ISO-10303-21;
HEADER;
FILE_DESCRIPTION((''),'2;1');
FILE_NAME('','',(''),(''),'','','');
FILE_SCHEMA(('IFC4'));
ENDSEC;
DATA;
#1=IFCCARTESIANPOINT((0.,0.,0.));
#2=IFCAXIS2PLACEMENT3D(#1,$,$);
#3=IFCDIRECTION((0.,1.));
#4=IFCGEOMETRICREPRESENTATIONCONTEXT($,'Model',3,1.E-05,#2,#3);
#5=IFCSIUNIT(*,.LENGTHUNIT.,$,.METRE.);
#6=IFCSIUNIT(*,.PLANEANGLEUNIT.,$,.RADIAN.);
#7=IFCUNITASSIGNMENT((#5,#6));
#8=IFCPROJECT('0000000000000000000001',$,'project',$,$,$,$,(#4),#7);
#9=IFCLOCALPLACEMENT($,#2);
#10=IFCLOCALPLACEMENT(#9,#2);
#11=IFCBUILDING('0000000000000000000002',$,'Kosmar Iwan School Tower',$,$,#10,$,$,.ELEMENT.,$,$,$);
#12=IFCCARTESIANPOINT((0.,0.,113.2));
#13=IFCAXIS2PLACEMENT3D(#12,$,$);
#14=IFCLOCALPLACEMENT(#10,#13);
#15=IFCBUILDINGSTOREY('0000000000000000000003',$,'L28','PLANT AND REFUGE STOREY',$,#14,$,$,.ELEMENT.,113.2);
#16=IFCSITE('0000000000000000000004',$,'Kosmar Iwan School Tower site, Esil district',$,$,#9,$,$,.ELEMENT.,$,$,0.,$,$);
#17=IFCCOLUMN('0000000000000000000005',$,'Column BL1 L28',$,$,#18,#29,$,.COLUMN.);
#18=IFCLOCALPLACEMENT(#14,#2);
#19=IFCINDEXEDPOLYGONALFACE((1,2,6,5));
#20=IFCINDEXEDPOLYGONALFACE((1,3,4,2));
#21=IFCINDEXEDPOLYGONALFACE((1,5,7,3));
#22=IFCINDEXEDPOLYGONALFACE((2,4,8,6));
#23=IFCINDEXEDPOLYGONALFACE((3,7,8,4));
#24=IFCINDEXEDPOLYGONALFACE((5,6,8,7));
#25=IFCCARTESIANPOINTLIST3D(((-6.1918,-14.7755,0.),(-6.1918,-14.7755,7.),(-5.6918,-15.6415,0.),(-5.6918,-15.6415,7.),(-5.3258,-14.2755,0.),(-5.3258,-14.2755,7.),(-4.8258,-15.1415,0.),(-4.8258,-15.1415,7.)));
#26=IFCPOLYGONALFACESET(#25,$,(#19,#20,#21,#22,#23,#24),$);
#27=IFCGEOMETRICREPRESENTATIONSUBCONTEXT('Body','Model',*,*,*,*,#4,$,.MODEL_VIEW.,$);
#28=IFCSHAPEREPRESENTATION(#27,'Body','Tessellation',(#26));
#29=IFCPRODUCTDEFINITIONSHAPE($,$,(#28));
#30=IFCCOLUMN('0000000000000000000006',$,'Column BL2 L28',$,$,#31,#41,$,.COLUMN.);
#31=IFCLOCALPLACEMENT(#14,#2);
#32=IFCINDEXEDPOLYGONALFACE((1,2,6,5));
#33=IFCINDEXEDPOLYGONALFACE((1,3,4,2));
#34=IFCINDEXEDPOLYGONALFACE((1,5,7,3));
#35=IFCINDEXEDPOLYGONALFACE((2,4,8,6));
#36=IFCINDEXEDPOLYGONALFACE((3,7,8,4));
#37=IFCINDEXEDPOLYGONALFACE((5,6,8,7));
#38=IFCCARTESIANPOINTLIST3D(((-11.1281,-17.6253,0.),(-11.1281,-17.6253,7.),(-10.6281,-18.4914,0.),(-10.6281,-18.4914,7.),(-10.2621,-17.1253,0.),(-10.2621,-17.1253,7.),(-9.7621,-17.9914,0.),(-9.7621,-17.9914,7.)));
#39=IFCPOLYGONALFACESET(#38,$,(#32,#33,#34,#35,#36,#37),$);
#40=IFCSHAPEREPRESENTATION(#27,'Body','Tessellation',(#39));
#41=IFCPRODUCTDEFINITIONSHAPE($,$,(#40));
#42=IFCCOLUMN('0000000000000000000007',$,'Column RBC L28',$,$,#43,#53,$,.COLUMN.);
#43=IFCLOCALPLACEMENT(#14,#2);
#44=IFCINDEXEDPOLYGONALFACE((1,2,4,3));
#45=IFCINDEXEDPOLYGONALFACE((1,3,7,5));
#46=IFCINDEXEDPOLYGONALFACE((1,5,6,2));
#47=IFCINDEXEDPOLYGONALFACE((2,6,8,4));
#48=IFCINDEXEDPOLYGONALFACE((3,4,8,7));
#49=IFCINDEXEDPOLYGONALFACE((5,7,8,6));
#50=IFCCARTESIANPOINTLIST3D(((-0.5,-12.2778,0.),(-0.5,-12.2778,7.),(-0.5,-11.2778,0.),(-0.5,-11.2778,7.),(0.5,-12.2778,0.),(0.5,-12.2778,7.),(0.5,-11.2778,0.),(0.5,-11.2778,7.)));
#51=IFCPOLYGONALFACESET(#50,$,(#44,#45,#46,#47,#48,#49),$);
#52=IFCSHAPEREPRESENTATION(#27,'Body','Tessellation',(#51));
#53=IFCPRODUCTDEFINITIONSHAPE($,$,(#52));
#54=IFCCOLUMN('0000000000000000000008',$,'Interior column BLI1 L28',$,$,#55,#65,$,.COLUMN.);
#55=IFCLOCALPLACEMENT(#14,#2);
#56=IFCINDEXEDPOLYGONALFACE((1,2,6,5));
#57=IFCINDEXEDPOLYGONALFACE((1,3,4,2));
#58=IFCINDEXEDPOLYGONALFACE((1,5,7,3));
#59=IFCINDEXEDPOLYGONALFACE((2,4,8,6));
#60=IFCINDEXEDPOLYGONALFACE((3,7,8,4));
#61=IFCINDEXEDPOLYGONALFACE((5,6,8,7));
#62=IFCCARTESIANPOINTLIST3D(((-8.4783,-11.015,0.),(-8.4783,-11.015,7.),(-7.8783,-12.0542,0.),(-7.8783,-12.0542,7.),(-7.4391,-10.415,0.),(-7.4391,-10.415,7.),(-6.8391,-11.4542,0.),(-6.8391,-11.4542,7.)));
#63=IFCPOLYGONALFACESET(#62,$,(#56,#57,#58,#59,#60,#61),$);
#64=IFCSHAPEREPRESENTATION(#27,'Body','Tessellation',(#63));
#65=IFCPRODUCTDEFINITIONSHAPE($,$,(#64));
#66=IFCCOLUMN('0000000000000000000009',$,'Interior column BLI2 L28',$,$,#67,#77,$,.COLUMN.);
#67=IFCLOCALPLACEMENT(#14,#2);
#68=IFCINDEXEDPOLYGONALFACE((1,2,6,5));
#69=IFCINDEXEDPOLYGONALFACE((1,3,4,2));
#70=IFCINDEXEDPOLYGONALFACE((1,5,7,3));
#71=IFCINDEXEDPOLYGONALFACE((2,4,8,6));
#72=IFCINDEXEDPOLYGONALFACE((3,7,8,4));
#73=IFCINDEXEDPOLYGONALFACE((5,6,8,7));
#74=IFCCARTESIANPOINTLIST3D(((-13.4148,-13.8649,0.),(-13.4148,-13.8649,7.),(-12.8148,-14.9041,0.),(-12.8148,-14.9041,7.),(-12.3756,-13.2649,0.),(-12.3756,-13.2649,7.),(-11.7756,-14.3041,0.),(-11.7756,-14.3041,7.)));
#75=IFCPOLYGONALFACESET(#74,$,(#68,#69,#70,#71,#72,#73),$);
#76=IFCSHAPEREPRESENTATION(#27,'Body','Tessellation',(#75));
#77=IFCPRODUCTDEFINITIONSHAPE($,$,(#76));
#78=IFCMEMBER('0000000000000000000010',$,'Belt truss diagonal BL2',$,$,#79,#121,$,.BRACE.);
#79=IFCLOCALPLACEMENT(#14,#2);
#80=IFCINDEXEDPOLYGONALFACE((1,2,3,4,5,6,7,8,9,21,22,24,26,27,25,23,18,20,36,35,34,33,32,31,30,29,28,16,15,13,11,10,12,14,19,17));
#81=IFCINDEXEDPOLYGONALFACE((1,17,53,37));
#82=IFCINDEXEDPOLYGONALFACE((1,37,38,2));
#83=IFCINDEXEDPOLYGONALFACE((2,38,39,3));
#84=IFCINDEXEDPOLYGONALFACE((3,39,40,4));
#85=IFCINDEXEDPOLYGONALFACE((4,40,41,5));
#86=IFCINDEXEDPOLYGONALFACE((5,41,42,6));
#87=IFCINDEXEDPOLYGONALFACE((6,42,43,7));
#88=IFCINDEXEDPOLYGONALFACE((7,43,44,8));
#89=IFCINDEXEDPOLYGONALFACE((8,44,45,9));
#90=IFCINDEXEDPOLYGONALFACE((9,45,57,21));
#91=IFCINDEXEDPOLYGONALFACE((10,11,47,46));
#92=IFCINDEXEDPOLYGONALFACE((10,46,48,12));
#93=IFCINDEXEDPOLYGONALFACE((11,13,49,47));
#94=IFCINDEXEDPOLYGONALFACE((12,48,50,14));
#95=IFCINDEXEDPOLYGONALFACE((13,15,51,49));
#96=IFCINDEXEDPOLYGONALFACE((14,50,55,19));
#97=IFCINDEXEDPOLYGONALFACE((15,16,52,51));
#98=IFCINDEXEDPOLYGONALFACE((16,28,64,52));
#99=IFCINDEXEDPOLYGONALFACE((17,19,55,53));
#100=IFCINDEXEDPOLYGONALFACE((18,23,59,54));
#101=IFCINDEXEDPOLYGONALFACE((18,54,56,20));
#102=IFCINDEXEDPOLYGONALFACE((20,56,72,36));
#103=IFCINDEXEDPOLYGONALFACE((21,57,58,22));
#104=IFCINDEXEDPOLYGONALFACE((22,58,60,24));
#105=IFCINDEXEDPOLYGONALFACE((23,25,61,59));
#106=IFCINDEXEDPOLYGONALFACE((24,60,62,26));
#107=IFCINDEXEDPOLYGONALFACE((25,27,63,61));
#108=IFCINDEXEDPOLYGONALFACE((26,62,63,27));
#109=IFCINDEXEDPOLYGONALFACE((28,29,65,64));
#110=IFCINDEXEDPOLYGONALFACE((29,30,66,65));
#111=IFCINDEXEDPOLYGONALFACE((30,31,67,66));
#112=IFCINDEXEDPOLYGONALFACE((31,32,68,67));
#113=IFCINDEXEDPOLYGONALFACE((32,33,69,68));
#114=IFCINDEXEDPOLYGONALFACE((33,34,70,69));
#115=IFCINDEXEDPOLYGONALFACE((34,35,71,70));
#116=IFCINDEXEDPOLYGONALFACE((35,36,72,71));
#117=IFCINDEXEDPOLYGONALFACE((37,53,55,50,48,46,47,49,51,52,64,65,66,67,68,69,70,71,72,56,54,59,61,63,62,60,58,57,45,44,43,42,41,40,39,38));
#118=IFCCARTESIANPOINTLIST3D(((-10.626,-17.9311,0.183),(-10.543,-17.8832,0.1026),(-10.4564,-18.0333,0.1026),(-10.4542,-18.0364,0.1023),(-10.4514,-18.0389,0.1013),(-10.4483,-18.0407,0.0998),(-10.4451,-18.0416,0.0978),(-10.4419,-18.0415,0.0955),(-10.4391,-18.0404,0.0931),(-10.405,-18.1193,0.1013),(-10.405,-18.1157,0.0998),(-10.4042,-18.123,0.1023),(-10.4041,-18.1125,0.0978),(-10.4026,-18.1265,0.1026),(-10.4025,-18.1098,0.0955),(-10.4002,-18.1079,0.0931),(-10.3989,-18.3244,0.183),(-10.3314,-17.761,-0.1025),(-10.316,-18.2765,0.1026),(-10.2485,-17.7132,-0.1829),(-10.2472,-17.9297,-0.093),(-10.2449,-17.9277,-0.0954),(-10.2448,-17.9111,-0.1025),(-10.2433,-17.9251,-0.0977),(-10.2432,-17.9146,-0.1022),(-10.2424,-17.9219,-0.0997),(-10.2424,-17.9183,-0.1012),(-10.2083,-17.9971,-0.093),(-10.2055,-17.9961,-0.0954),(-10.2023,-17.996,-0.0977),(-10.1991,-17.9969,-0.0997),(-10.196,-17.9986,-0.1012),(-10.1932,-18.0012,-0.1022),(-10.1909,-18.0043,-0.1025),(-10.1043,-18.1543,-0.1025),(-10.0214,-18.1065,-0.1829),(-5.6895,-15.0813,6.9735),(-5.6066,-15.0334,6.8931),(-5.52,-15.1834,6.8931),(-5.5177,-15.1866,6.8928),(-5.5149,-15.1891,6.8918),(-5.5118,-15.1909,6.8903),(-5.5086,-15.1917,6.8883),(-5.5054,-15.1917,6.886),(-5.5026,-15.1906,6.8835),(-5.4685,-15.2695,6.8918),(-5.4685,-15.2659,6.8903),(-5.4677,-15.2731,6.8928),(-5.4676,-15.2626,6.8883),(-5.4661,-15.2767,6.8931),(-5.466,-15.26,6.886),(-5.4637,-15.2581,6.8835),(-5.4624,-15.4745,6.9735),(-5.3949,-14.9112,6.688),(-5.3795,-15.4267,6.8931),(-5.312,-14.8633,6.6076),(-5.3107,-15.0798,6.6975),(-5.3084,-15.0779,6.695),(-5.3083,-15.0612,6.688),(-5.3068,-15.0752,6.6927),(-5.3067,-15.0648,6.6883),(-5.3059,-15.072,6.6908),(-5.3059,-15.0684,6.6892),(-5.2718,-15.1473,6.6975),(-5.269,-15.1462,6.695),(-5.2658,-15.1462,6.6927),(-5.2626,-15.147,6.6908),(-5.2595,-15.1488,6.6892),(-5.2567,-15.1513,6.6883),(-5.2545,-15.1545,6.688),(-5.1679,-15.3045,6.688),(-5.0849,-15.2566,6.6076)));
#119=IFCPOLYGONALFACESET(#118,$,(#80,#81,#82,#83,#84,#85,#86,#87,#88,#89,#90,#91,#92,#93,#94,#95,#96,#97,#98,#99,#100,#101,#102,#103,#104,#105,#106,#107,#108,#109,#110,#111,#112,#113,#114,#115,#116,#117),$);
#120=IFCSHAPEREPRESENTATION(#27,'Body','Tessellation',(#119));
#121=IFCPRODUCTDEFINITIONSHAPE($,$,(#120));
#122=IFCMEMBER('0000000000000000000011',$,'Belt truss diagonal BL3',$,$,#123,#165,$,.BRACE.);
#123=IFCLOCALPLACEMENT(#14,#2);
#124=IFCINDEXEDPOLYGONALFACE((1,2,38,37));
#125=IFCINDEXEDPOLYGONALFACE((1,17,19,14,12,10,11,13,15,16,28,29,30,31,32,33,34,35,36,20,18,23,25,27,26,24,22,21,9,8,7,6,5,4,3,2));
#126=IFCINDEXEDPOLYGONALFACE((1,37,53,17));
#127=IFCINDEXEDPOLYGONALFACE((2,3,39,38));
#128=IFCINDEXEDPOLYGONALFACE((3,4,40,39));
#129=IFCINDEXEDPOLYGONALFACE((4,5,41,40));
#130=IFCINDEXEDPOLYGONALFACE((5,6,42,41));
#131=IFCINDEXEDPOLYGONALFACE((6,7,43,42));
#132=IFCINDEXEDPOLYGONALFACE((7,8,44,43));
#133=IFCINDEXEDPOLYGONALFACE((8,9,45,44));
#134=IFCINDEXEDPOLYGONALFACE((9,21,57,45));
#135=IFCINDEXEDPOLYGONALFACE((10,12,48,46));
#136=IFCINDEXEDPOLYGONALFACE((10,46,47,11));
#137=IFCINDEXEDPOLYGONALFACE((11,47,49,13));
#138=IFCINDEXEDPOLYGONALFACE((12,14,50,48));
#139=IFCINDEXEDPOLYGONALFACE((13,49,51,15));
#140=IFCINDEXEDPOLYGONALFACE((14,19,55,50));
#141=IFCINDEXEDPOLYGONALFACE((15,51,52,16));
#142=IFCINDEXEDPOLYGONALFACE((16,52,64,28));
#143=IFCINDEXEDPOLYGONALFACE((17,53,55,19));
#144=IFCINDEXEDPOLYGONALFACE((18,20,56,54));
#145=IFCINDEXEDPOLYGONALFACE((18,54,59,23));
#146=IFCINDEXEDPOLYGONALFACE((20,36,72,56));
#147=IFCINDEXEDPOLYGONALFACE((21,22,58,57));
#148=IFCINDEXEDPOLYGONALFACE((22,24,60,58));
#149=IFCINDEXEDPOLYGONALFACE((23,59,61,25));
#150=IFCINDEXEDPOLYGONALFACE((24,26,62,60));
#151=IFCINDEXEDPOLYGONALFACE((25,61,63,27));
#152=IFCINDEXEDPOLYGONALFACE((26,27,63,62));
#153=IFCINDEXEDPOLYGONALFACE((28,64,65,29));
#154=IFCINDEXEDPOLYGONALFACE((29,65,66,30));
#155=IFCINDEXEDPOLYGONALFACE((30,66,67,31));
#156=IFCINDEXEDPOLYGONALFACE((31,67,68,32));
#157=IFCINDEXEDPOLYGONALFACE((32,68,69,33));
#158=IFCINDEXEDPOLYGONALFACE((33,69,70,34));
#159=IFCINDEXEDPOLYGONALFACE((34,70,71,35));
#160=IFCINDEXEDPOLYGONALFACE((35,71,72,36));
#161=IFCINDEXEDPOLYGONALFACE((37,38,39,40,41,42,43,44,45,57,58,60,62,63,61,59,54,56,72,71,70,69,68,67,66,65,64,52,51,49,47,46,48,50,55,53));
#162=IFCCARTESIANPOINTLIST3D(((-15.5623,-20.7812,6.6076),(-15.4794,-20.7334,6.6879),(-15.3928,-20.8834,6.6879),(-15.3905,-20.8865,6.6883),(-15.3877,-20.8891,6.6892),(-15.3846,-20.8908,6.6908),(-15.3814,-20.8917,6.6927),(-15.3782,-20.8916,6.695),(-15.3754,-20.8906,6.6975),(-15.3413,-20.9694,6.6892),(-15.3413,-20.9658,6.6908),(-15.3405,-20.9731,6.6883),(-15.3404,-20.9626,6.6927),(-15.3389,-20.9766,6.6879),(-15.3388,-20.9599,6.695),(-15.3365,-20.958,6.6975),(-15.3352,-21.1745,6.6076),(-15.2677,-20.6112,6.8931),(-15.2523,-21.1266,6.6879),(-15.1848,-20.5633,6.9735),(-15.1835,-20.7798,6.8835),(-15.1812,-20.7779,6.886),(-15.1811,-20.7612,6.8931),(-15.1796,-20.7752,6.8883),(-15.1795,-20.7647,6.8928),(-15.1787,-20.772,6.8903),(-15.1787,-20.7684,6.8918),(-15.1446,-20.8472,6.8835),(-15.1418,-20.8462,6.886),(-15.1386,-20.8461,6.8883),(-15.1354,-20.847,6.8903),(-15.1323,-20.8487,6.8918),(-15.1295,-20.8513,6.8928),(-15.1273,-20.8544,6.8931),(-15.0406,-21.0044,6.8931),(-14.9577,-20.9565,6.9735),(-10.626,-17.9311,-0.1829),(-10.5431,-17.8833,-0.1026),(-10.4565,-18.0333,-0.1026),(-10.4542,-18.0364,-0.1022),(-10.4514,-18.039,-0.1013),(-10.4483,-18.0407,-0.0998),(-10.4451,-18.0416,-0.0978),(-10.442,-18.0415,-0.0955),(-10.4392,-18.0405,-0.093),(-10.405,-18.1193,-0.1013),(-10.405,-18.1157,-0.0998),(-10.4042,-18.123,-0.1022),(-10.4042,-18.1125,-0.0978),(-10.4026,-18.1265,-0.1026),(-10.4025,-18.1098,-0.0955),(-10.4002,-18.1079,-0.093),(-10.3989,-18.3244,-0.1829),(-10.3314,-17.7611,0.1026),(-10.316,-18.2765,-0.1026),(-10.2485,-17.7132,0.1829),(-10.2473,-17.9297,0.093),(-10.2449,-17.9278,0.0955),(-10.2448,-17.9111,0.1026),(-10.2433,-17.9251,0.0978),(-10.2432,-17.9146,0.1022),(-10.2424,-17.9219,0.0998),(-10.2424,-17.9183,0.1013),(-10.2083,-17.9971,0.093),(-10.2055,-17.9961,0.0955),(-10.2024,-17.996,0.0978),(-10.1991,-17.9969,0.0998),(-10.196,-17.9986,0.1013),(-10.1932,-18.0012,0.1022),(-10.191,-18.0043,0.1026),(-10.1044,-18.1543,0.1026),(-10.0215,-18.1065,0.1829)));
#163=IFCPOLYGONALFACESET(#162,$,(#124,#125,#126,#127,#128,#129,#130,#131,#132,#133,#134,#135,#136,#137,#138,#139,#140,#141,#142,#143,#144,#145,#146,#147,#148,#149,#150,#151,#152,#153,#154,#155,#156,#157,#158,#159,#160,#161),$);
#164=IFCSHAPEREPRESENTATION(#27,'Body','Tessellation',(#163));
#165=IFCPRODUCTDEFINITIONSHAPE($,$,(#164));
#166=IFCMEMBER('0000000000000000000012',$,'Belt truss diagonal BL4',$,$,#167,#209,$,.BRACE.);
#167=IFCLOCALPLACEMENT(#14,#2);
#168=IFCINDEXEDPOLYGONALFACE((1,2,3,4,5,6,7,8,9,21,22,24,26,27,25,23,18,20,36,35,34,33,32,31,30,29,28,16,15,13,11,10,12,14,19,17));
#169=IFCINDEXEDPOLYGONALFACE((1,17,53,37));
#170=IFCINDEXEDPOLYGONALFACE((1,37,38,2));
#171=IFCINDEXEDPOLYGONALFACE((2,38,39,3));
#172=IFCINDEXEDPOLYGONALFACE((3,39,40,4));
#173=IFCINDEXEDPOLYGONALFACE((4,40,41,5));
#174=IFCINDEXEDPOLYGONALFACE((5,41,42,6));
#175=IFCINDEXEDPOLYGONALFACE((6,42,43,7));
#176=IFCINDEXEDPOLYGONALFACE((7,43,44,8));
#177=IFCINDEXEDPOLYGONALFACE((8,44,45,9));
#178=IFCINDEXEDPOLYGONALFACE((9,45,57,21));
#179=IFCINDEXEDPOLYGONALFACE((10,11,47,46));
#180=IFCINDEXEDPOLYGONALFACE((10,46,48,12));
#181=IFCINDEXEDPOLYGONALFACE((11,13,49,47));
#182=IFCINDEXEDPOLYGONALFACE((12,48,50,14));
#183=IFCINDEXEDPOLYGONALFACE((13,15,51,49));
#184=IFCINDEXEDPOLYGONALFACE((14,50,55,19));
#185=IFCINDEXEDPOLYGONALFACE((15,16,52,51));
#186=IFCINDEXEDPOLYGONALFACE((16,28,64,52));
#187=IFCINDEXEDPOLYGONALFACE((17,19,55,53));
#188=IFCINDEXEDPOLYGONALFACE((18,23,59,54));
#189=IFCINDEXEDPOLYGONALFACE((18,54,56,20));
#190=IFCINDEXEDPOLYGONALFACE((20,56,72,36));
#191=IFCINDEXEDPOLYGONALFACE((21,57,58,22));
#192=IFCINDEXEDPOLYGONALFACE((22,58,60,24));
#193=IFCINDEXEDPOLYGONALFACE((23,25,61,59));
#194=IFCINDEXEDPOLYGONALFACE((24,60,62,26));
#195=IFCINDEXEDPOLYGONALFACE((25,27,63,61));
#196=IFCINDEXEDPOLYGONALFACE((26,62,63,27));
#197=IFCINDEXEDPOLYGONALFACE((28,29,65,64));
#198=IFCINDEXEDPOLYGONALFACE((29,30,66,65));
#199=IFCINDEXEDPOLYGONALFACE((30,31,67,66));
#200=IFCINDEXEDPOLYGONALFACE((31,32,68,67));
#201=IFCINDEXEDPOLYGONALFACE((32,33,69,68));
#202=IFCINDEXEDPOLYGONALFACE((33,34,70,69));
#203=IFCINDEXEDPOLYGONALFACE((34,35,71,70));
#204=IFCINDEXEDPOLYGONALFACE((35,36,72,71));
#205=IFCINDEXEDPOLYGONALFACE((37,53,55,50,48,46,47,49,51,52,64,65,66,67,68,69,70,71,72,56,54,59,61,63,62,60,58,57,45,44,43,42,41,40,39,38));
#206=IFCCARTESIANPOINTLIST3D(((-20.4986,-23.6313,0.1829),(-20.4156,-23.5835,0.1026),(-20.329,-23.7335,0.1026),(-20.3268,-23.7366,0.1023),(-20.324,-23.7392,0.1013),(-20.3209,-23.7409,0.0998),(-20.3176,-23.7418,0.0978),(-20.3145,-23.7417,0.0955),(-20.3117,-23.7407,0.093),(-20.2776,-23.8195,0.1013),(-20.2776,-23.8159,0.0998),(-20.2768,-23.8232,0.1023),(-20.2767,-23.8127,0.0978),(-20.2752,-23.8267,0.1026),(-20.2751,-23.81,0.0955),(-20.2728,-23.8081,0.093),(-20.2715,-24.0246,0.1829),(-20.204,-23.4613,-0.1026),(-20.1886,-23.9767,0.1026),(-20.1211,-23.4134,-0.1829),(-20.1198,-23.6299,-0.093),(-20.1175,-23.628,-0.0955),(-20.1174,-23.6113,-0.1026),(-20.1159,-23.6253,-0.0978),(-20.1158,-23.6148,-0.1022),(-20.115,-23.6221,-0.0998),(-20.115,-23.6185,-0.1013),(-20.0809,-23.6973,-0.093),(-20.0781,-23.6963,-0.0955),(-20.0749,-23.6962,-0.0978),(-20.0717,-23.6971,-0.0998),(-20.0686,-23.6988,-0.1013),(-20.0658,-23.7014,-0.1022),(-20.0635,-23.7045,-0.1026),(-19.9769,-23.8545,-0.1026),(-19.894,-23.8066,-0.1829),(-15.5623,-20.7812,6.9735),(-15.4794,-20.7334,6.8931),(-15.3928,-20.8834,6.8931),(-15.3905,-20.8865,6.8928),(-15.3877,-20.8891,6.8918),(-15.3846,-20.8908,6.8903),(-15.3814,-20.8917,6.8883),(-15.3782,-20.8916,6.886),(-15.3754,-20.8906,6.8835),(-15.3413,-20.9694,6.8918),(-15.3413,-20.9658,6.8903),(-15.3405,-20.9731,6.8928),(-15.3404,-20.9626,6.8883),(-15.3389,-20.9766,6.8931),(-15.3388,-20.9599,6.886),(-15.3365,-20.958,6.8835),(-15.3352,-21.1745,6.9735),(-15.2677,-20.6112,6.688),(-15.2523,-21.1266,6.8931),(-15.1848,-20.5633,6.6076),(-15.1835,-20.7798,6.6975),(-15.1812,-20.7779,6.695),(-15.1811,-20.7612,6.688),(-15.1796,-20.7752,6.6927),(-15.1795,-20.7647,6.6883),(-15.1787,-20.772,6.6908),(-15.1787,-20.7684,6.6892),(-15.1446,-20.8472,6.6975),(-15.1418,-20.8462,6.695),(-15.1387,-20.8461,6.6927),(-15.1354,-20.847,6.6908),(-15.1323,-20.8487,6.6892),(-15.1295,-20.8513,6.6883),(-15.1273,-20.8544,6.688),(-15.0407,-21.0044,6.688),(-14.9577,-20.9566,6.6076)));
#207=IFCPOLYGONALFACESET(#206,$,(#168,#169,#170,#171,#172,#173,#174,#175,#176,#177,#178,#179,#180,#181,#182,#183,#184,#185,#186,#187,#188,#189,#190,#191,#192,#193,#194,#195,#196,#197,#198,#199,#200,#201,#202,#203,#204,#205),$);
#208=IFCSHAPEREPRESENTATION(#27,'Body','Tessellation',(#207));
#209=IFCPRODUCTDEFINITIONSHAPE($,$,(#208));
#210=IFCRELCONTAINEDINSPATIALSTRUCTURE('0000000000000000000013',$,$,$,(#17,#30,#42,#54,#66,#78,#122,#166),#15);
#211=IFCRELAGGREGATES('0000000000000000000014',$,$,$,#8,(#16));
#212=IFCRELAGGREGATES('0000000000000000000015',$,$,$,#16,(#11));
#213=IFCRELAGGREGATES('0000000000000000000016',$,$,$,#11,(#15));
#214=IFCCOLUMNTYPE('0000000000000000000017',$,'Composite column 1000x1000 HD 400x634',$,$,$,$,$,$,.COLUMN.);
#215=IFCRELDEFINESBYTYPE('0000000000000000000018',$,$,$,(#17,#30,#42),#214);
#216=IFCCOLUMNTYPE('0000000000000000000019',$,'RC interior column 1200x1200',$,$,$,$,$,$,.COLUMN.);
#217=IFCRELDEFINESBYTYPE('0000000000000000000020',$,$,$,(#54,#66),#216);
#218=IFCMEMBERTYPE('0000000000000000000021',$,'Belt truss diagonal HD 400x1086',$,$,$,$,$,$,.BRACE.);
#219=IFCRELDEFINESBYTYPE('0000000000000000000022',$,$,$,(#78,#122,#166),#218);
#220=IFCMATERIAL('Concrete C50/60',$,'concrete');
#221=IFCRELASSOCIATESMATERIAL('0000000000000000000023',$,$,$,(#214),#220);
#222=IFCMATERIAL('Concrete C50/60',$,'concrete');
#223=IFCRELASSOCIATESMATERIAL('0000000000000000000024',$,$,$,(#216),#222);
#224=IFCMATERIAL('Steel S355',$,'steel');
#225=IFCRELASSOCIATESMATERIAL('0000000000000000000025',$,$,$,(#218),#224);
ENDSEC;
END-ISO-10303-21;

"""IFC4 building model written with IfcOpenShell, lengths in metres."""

from ifc_helpers import new_model, si_unit, direction, frame, origin, origin_2d, place, context, subcontext, project, spatial, rectangle, i_section, extrude, material, material_profile, profile_set, type_object, element, save


model = new_model("IFC4")

# Units and contexts
model_context = context("Model", 3, precision=1e-05, world=origin(), true_north=direction((0.0, 1.0)))
body_context = subcontext(model_context, "Body", "Model", "MODEL_VIEW")
ifc_project = project(units=[si_unit("LENGTHUNIT", "METRE"), si_unit("PLANEANGLEUNIT", "RADIAN")], contexts=[model_context])

# Site, building, storey
site_placement = place(None, origin())
site = spatial("IfcSite", under=ifc_project, at=site_placement, Name="Kosmar Iwan School Tower site, Esil district", CompositionType="ELEMENT", RefElevation=0.0)
building_placement = place(site_placement, origin())
building = spatial("IfcBuilding", under=site, at=building_placement, Name="Kosmar Iwan School Tower", CompositionType="ELEMENT")
storey_placement = place(building_placement, frame((0.0, 0.0, 113.2)))
storey = spatial("IfcBuildingStorey", under=building, at=storey_placement, Name="L28", Description="PLANT AND REFUGE STOREY", CompositionType="ELEMENT", Elevation=113.2)

# Columns
ifc_material_1 = material(Name="Concrete C50/60", Category="concrete")
ifc_material_profile_1 = material_profile(ifc_material_1, rectangle(XDim=1.0, YDim=1.0, at=origin_2d()), Name="RC 1000x1000 + HD 400x634")
ifc_profile_set_1 = profile_set([ifc_material_profile_1], Name="Concrete C50/60")
column_type_1 = type_object("IfcColumnType", Name="Composite column 1000x1000 HD 400x634", PredefinedType="COLUMN", material=ifc_profile_set_1)
for number, where, z_axis, x_axis, name in (
    (1, (-5.5088, -14.9585, 0.0), (0.0, 0.0, 1.0), (-0.866025, -0.5, 0.0), "Column BL1 L28"),
    (2, (-10.4451, -17.8083, 0.0), (0.0, 0.0, 1.0), (-0.866025, -0.5, 0.0), "Column BL2 L28"),
    (3, (0.0, -11.7778, 0.0), (0.0, 0.0, 1.0), (1.0, 0.0, 0.0), "Column RBC L28"),
):
    element("IfcColumn", number, at=place(storey_placement, frame(where, z_axis=z_axis, x_axis=x_axis)), inside=storey, type_object=column_type_1, Name=name, PredefinedType="COLUMN", context=body_context, shape_type="SweptSolid", body=[
        extrude(rectangle(XDim=1.0, YDim=1.0, at=origin_2d()), origin(), (0.0, 0.0, 1.0), 7.0),
    ])
ifc_material_2 = material(Name="Concrete C50/60", Category="concrete")
ifc_material_profile_2 = material_profile(ifc_material_2, rectangle(XDim=1.2, YDim=1.2, at=origin_2d()), Name="RC 1200x1200")
ifc_profile_set_2 = profile_set([ifc_material_profile_2], Name="Concrete C50/60")
column_type_2 = type_object("IfcColumnType", Name="RC interior column 1200x1200", PredefinedType="COLUMN", material=ifc_profile_set_2)
for number, where, z_axis, x_axis, name in (
    (4, (-7.6587, -11.2346, 0.0), (0.0, 0.0, 1.0), (-0.866025, -0.5, 0.0), "Interior column BLI1 L28"),
    (5, (-12.5952, -14.0845, 0.0), (0.0, 0.0, 1.0), (-0.866025, -0.5, 0.0), "Interior column BLI2 L28"),
):
    element("IfcColumn", number, at=place(storey_placement, frame(where, z_axis=z_axis, x_axis=x_axis)), inside=storey, type_object=column_type_2, Name=name, PredefinedType="COLUMN", context=body_context, shape_type="SweptSolid", body=[
        extrude(rectangle(XDim=1.2, YDim=1.2, at=origin_2d()), origin(), (0.0, 0.0, 1.0), 7.0),
    ])

# Members
ifc_material_3 = material(Name="Steel S355", Category="steel")
ifc_material_profile_3 = material_profile(ifc_material_3, i_section(OverallWidth=0.4541, OverallDepth=0.5691, WebThickness=0.0779, FlangeThickness=0.125, FilletRadius=0.0149, at=origin_2d()), Name="HD 400x1086")
ifc_profile_set_3 = profile_set([ifc_material_profile_3], Name="Steel S355")
member_type = type_object("IfcMemberType", Name="Belt truss diagonal HD 400x1086", PredefinedType="BRACE", material=ifc_profile_set_3)
for number, where, z_axis, x_axis, name in (
    (6, (-5.3872, -15.1689, 6.7905), (-0.556806, -0.321444, -0.765925), (0.499967, -0.866044, 0.0), "Belt truss diagonal BL2"),
    (7, (-10.3237, -18.0188, 0.0), (-0.556782, -0.321474, 0.76593), (0.500018, -0.866015, 0.0), "Belt truss diagonal BL3"),
    (8, (-15.26, -20.8689, 6.7905), (-0.556782, -0.321474, -0.76593), (0.500018, -0.866015, 0.0), "Belt truss diagonal BL4"),
):
    element("IfcMember", number, at=place(storey_placement, frame(where, z_axis=z_axis, x_axis=x_axis)), inside=storey, type_object=member_type, Name=name, PredefinedType="BRACE", context=body_context, shape_type="SweptSolid", body=[
        extrude(i_section(OverallWidth=0.4541, OverallDepth=0.5691, WebThickness=0.0779, FlangeThickness=0.125, FilletRadius=0.0149, at=origin_2d()), origin(), (0.0, 0.0, 1.0), 8.8657),
    ])

save(model, "model.ifc")
